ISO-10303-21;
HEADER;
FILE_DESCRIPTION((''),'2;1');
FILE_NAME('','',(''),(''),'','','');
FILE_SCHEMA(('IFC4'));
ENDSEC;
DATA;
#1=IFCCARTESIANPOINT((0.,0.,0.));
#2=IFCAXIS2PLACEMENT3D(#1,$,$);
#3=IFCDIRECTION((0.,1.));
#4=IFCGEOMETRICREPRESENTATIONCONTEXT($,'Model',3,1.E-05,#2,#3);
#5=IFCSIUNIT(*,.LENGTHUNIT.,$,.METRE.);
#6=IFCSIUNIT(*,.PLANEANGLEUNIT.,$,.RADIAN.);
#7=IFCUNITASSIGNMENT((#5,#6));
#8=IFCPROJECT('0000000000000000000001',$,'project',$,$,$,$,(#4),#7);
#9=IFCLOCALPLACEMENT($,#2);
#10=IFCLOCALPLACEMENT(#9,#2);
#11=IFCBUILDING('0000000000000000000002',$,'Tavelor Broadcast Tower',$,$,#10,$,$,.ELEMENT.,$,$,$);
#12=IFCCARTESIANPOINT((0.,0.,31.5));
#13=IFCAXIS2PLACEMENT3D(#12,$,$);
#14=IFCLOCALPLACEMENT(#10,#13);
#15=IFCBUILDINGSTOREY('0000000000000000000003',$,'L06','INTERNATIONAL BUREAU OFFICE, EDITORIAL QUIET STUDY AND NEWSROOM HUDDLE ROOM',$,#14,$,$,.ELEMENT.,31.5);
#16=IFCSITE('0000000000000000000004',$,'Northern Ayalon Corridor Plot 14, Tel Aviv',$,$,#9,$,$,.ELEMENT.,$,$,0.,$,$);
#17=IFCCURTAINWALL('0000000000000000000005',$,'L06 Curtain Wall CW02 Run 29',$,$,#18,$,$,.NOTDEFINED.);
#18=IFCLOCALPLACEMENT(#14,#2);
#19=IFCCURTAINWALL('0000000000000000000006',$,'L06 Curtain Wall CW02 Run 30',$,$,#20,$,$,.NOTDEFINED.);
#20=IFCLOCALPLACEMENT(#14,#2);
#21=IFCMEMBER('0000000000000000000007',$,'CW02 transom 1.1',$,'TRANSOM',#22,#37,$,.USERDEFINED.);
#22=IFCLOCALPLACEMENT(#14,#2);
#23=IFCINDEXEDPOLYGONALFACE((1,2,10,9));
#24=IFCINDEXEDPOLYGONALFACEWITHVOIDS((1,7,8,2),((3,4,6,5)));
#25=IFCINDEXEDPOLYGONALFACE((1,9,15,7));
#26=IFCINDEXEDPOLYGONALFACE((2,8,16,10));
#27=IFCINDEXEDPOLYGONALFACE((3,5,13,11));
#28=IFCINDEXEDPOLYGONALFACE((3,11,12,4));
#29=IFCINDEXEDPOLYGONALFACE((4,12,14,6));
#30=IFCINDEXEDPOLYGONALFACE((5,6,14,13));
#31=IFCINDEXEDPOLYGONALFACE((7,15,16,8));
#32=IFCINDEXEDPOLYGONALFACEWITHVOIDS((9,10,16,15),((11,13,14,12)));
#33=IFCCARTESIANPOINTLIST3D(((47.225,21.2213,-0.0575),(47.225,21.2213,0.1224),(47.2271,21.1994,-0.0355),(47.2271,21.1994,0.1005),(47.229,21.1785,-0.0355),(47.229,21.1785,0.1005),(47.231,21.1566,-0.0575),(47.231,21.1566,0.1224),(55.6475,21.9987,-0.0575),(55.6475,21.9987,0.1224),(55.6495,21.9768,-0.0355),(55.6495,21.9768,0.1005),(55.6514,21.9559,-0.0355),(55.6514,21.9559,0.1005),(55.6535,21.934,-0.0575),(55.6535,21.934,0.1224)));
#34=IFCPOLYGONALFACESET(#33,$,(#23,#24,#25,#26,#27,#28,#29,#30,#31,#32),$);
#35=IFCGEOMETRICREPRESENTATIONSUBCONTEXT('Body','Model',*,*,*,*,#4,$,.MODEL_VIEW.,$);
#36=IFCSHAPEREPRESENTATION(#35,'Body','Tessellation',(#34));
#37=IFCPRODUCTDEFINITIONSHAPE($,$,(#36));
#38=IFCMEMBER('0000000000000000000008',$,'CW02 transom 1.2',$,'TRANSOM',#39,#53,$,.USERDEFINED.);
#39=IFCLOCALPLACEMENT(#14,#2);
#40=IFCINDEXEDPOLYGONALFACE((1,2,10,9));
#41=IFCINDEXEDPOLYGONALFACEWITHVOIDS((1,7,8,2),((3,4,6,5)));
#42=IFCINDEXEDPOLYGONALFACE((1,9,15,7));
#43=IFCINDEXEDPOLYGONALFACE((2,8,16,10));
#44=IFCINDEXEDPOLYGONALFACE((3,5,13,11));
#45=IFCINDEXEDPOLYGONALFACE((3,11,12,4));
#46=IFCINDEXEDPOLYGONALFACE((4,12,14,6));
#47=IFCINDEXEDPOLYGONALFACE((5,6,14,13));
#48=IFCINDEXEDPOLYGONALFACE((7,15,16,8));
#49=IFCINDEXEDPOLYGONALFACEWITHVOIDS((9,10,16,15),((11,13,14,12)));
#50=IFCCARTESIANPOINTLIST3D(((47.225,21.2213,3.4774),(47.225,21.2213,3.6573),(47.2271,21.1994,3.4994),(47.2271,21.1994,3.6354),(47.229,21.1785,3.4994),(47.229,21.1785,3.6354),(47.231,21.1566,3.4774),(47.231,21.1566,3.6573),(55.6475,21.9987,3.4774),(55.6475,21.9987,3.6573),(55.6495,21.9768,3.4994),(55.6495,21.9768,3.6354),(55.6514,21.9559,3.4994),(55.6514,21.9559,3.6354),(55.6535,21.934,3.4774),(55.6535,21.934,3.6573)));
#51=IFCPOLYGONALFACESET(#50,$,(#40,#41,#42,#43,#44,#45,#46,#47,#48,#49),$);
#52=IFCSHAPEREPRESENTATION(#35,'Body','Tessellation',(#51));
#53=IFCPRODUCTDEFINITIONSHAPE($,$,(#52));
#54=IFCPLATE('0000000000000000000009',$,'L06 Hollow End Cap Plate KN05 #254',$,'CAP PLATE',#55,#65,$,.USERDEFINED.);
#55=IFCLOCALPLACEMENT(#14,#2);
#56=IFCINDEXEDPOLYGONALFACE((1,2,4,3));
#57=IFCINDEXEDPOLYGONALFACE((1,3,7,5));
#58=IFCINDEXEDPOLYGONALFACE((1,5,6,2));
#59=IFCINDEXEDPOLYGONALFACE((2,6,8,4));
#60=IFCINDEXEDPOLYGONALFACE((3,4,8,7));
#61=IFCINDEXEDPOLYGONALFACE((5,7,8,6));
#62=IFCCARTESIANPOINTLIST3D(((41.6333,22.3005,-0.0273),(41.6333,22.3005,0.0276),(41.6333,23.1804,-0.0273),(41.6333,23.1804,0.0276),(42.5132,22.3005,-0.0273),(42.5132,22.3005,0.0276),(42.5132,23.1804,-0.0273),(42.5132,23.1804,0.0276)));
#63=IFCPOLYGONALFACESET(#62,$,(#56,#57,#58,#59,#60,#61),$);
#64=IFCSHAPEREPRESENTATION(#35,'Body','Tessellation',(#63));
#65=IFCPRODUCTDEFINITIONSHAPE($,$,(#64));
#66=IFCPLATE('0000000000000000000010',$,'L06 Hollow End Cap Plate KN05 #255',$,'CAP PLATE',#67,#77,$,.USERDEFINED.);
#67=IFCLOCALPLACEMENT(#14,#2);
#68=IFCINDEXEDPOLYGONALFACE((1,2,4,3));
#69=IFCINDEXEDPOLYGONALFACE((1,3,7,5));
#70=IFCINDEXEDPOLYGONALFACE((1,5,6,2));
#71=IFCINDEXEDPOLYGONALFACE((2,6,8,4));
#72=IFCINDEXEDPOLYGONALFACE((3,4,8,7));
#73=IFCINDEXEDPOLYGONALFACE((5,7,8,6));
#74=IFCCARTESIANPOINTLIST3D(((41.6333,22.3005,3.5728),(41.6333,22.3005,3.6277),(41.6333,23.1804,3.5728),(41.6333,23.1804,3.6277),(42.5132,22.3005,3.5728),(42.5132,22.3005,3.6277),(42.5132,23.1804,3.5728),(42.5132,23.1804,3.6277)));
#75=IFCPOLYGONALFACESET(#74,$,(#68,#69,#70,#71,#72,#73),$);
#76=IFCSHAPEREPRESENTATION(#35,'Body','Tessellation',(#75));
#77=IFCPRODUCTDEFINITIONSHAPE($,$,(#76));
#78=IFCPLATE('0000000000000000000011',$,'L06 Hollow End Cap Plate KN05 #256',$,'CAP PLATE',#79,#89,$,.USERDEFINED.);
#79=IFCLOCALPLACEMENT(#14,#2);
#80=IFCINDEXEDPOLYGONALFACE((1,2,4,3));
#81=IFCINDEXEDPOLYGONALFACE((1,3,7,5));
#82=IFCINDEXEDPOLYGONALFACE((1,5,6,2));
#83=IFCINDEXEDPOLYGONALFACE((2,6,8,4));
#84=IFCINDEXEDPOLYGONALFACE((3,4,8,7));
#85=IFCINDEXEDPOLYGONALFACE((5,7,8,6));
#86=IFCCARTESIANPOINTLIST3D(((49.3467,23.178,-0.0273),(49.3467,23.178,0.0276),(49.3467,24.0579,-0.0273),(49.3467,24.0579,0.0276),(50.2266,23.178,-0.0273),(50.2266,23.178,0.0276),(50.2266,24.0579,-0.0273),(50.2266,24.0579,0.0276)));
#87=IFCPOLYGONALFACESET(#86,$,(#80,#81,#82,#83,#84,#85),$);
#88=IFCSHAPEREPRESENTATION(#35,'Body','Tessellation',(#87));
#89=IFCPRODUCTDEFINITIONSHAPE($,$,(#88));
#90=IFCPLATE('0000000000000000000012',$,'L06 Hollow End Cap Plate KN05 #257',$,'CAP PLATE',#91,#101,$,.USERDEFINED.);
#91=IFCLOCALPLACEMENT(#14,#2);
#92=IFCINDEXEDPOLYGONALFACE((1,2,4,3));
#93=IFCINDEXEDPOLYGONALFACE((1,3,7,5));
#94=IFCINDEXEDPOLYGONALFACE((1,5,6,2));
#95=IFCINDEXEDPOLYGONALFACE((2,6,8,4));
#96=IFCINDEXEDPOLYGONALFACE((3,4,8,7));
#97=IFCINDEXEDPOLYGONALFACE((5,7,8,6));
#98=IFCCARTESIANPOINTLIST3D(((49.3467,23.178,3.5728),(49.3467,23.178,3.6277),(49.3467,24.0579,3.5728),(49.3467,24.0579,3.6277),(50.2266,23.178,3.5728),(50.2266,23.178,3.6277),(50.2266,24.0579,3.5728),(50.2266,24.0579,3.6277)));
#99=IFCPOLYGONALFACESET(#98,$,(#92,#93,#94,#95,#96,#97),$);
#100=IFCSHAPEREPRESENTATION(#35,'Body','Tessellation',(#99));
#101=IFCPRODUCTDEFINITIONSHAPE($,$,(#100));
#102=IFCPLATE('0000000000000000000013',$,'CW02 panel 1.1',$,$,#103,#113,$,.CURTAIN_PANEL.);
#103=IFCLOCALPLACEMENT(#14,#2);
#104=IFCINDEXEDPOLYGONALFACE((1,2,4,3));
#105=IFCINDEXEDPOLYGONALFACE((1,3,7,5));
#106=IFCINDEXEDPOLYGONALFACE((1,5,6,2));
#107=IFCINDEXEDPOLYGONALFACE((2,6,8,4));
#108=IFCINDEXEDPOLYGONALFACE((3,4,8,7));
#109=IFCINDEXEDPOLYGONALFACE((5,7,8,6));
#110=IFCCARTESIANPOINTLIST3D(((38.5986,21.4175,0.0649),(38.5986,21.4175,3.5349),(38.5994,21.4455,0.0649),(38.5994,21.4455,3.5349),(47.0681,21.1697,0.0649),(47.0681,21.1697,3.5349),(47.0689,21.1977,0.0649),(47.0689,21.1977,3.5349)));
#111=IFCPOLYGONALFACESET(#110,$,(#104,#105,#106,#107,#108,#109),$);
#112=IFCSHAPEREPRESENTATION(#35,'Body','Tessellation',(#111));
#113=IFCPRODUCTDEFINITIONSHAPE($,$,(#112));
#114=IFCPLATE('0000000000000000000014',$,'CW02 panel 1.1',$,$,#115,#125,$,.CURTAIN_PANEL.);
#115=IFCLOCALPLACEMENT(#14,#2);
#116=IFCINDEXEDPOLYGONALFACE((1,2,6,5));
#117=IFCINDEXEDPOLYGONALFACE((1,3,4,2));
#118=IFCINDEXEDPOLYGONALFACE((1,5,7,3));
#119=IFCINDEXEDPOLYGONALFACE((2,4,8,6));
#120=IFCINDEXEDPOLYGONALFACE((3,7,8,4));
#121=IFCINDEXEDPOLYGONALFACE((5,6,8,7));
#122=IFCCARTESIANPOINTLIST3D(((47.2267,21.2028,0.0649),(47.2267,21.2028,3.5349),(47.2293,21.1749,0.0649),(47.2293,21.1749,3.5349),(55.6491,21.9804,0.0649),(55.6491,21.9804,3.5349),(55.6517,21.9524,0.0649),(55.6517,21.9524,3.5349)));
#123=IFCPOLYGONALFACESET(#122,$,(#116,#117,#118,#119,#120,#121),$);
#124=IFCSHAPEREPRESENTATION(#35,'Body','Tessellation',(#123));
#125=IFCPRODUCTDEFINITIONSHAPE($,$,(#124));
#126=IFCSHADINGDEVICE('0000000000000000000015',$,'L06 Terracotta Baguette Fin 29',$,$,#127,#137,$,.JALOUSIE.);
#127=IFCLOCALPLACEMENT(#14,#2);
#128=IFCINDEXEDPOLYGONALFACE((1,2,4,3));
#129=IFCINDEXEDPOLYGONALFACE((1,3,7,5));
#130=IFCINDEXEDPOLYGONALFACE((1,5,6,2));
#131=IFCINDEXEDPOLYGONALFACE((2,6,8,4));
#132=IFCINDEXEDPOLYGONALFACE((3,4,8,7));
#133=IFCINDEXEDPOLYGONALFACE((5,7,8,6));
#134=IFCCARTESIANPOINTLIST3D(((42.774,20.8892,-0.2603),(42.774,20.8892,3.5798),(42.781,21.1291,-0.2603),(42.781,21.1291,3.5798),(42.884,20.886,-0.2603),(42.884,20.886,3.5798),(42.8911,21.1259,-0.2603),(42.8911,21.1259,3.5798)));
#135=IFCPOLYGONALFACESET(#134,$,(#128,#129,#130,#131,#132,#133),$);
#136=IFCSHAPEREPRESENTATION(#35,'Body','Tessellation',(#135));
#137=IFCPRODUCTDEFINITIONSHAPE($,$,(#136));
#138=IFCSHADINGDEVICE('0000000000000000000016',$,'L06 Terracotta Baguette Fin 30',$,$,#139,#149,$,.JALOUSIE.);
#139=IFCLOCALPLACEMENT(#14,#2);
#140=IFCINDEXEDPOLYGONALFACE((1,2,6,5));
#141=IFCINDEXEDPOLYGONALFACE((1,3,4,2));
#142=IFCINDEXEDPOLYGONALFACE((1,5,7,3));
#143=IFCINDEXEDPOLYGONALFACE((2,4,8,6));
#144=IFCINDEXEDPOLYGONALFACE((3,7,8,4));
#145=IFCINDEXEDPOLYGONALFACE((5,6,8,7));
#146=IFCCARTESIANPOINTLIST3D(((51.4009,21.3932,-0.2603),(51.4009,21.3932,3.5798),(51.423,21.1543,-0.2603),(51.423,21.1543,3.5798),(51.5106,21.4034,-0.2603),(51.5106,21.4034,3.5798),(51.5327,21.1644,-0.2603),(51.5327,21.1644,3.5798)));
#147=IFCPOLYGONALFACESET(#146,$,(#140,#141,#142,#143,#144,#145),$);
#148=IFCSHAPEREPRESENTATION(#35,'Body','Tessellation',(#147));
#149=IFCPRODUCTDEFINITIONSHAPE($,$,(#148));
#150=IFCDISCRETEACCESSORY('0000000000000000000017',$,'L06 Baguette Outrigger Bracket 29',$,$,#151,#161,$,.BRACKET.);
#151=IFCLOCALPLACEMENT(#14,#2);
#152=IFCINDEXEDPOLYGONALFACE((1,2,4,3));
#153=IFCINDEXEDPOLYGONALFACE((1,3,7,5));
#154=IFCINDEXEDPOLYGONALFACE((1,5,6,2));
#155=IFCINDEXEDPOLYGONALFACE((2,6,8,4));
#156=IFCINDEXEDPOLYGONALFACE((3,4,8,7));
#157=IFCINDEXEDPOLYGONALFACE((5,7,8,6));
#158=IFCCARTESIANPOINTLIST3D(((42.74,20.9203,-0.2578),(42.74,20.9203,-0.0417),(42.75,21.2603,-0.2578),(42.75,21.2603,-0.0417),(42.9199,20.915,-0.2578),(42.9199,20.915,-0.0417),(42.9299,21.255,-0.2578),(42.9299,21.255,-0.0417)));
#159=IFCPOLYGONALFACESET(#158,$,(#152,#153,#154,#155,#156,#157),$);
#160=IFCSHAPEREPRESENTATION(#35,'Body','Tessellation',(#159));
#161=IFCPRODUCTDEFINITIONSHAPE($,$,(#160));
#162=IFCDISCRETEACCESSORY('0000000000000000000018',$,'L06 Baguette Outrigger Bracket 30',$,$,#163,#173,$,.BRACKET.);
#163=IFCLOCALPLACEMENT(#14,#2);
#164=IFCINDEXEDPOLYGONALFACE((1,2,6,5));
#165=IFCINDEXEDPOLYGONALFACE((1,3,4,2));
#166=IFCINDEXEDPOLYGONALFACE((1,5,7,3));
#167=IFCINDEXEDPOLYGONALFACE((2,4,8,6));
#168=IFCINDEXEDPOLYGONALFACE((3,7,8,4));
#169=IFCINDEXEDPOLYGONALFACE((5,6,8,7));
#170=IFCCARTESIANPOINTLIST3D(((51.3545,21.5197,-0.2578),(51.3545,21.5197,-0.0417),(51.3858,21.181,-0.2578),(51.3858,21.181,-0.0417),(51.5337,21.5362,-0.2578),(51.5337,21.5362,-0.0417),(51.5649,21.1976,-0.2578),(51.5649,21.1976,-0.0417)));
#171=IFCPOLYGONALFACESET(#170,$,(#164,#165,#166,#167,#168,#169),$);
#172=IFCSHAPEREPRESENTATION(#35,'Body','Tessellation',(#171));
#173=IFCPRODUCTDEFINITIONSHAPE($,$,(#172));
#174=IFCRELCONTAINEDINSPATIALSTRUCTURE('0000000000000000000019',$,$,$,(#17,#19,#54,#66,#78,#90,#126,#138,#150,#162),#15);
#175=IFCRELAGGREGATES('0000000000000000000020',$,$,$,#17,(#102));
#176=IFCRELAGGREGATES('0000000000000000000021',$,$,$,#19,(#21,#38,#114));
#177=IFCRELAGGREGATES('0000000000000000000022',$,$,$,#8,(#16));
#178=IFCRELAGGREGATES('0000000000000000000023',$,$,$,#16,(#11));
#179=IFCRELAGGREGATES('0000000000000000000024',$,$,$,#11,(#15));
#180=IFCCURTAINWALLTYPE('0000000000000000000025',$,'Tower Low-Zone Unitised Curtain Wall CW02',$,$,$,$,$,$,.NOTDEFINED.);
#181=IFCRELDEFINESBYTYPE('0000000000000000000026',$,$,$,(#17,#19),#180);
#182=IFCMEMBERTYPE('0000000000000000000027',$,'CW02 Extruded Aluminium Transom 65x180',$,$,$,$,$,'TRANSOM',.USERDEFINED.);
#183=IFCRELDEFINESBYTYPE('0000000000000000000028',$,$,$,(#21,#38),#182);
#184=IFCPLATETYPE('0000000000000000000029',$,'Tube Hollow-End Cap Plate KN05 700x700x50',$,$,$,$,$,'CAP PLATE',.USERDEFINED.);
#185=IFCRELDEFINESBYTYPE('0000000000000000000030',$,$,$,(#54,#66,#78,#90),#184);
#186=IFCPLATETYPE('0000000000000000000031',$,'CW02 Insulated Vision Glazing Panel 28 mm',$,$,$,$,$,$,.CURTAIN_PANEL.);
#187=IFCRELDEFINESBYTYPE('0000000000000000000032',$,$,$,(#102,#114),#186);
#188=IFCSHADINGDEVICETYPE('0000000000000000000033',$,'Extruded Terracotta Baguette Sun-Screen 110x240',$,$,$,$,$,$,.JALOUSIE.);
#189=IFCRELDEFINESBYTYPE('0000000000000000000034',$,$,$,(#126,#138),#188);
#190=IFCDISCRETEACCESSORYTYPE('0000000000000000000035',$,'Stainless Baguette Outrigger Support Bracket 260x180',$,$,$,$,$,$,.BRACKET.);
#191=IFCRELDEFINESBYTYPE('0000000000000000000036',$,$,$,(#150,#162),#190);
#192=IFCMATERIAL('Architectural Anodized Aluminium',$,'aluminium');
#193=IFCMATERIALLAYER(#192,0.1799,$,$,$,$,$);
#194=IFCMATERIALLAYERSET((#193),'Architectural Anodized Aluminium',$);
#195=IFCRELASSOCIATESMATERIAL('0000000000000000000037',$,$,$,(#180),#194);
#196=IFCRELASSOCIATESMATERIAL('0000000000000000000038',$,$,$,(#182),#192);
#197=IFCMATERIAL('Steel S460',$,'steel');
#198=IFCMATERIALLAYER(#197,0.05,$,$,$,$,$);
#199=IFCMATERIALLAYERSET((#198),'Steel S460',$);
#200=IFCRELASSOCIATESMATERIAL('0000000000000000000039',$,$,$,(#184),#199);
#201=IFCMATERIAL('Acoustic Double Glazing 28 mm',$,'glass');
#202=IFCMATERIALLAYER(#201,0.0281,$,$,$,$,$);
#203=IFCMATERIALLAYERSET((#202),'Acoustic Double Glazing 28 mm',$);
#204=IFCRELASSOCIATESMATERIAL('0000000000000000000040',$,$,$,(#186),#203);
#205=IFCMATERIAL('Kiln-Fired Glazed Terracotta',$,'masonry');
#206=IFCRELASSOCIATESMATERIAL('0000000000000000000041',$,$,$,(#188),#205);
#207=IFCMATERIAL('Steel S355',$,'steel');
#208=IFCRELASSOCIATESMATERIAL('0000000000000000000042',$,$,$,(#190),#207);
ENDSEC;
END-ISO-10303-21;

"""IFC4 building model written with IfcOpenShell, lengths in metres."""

from ifc_helpers import new_model, si_unit, direction, frame, origin, origin_2d, place, context, subcontext, project, spatial, rectangle, hollow_rectangle, extrude, source, transform, mapped, material, layer, layer_set, material_profile, profile_set, type_object, type_shapes, element, aggregate, save


model = new_model("IFC4")

# Units and contexts
model_context = context("Model", 3, precision=1e-05, world=origin(), true_north=direction((0.0, 1.0)))
body_context = subcontext(model_context, "Body", "Model", "MODEL_VIEW")
ifc_project = project(units=[si_unit("LENGTHUNIT", "METRE"), si_unit("PLANEANGLEUNIT", "RADIAN")], contexts=[model_context])

# Site, building, storey
site_placement = place(None, origin())
site = spatial("IfcSite", under=ifc_project, at=site_placement, Name="Northern Ayalon Corridor Plot 14, Tel Aviv", CompositionType="ELEMENT", RefElevation=0.0)
building_placement = place(site_placement, origin())
building = spatial("IfcBuilding", under=site, at=building_placement, Name="Tavelor Broadcast Tower", CompositionType="ELEMENT")
storey_placement = place(building_placement, frame((0.0, 0.0, 31.5)))
storey = spatial("IfcBuildingStorey", under=building, at=storey_placement, Name="L06", Description="INTERNATIONAL BUREAU OFFICE, EDITORIAL QUIET STUDY AND NEWSROOM HUDDLE ROOM", CompositionType="ELEMENT", Elevation=31.5)

# Shared definitions
ifc_material_1 = material(Name="Steel S460", Category="steel")

# Shared definitions
ifc_material_2 = material(Name="Steel S355", Category="steel")

# Curtain walls
ifc_material_3 = material(Name="Architectural Anodized Aluminium", Category="aluminium")
ifc_layer_1 = layer(ifc_material_3, 0.1799)
ifc_layer_set_1 = layer_set([ifc_layer_1], Name="Architectural Anodized Aluminium")
curtain_wall_type = type_object("IfcCurtainWallType", Name="Tower Low-Zone Unitised Curtain Wall CW02", PredefinedType="NOTDEFINED", material=ifc_layer_set_1)
curtain_wall_1_placement = place(storey_placement, origin())
curtain_wall_1 = element("IfcCurtainWall", 1, at=curtain_wall_1_placement, inside=storey, type_object=curtain_wall_type, Name="L06 Curtain Wall CW02 Run 29", PredefinedType="NOTDEFINED")
curtain_wall_2_placement = place(storey_placement, origin())
curtain_wall_2 = element("IfcCurtainWall", 2, at=curtain_wall_2_placement, inside=storey, type_object=curtain_wall_type, Name="L06 Curtain Wall CW02 Run 30", PredefinedType="NOTDEFINED")

# Members
ifc_material_profile_1 = material_profile(ifc_material_3, hollow_rectangle(XDim=0.0649, YDim=0.1799, WallThickness=0.022, at=origin_2d()), Name="RHS 65x180x22")
ifc_profile_set_1 = profile_set([ifc_material_profile_1], Name="Architectural Anodized Aluminium")
member_type_1 = type_object("IfcMemberType", Name="CW02 Extruded Aluminium Transom 65x180", ElementType="TRANSOM", PredefinedType="USERDEFINED", material=ifc_profile_set_1)
shared_shape_1 = source(origin(), body_context, "Body", "SweptSolid", [
    extrude(hollow_rectangle(XDim=0.0649, YDim=0.1799, WallThickness=0.022, at=origin_2d()), origin(), (0.0, 0.0, 1.0), 8.4583),
])
member_1_placement = place(storey_placement, frame((47.228, 21.189, 0.0325), z_axis=(0.995768, 0.091905, 0.0), x_axis=(-0.091905, 0.995768, 0.0)))
member_1 = element("IfcMember", 3, at=member_1_placement, type_object=member_type_1, Name="CW02 transom 1.1", ObjectType="TRANSOM", PredefinedType="USERDEFINED", context=body_context, shape_type="MappedRepresentation", body=[
    mapped(shared_shape_1, transform((0.0, 0.0, 0.0), scale=1.0)),
])
member_2_placement = place(storey_placement, frame((47.228, 21.189, 3.5674), z_axis=(0.995768, 0.091905, 0.0), x_axis=(-0.091905, 0.995768, 0.0)))
member_2 = element("IfcMember", 4, at=member_2_placement, type_object=member_type_1, Name="CW02 transom 1.2", ObjectType="TRANSOM", PredefinedType="USERDEFINED", context=body_context, shape_type="MappedRepresentation", body=[
    mapped(shared_shape_1, transform((0.0, 0.0, 0.0), scale=1.0)),
])

# Plates
ifc_layer_2 = layer(ifc_material_1, 0.05)
ifc_layer_set_2 = layer_set([ifc_layer_2], Name="Steel S460")
plate_type_1 = type_object("IfcPlateType", Name="Tube Hollow-End Cap Plate KN05 700x700x50", ElementType="CAP PLATE", PredefinedType="USERDEFINED", material=ifc_layer_set_2)
shared_shape_2 = source(origin(), body_context, "Body", "SweptSolid", [
    extrude(rectangle(XDim=0.8799, YDim=0.8799, at=origin_2d()), origin(), (0.0, 0.0, 1.0), 0.0549),
])
type_shapes(plate_type_1, [shared_shape_2])
for number, where, z_axis, x_axis, name in (
    (5, (42.0732, 22.7405, -0.0273), (0.0, 0.0, 1.0), (1.0, 0.0, 0.0), "L06 Hollow End Cap Plate KN05 #254"),
    (6, (42.0732, 22.7405, 3.5728), (0.0, 0.0, 1.0), (1.0, 0.0, 0.0), "L06 Hollow End Cap Plate KN05 #255"),
    (7, (49.7866, 23.6179, -0.0273), (0.0, 0.0, 1.0), (1.0, 0.0, 0.0), "L06 Hollow End Cap Plate KN05 #256"),
    (8, (49.7866, 23.6179, 3.5728), (0.0, 0.0, 1.0), (1.0, 0.0, 0.0), "L06 Hollow End Cap Plate KN05 #257"),
):
    element("IfcPlate", number, at=place(storey_placement, frame(where, z_axis=z_axis, x_axis=x_axis)), inside=storey, type_object=plate_type_1, Name=name, ObjectType="CAP PLATE", PredefinedType="USERDEFINED", context=body_context, shape_type="MappedRepresentation", body=[
        mapped(shared_shape_2, transform((0.0, 0.0, 0.0), scale=1.0)),
    ])

# Plates
ifc_material_4 = material(Name="Acoustic Double Glazing 28 mm", Category="glass")
ifc_layer_3 = layer(ifc_material_4, 0.0281)
ifc_layer_set_3 = layer_set([ifc_layer_3], Name="Acoustic Double Glazing 28 mm")
plate_type_2 = type_object("IfcPlateType", Name="CW02 Insulated Vision Glazing Panel 28 mm", PredefinedType="CURTAIN_PANEL", material=ifc_layer_set_3)
shared_shape_3 = source(origin(), body_context, "Body", "SweptSolid", [
    extrude(rectangle(XDim=8.4731, YDim=0.0281, at=origin_2d()), origin(), (0.0, 0.0, 1.0), 3.47),
])
plate_1_placement = place(storey_placement, frame((42.8337, 21.3076, 0.0649), z_axis=(0.0, 0.0, 1.0), x_axis=(0.999572, -0.029245, 0.0)))
plate_1 = element("IfcPlate", 9, at=plate_1_placement, type_object=plate_type_2, Name="CW02 panel 1.1", PredefinedType="CURTAIN_PANEL", context=body_context, shape_type="MappedRepresentation", body=[
    mapped(shared_shape_3, transform((0.0, 0.0, 0.0), scale=1.0)),
])
aggregate(curtain_wall_1, [plate_1])
shared_shape_4 = source(origin(), body_context, "Body", "SweptSolid", [
    extrude(rectangle(XDim=8.4583, YDim=0.0281, at=origin_2d()), origin(), (0.0, 0.0, 1.0), 3.47),
])
type_shapes(plate_type_2, [shared_shape_3, shared_shape_4])
plate_2_placement = place(storey_placement, frame((51.4392, 21.5776, 0.0649), z_axis=(0.0, 0.0, 1.0), x_axis=(0.995766, 0.091929, 0.0)))
plate_2 = element("IfcPlate", 10, at=plate_2_placement, type_object=plate_type_2, Name="CW02 panel 1.1", PredefinedType="CURTAIN_PANEL", context=body_context, shape_type="MappedRepresentation", body=[
    mapped(shared_shape_4, transform((0.0, 0.0, 0.0), scale=1.0)),
])
aggregate(curtain_wall_2, [member_1, member_2, plate_2])

# Shading devices
ifc_material_5 = material(Name="Kiln-Fired Glazed Terracotta", Category="masonry")
shading_device_type = type_object("IfcShadingDeviceType", Name="Extruded Terracotta Baguette Sun-Screen 110x240", PredefinedType="JALOUSIE", material=ifc_material_5)
shared_shape_5 = source(origin(), body_context, "Body", "SweptSolid", [
    extrude(rectangle(XDim=0.1101, YDim=0.24, at=origin_2d()), origin(), (0.0, 0.0, 1.0), 3.8401),
])
type_shapes(shading_device_type, [shared_shape_5])
for number, where, z_axis, x_axis, name in (
    (11, (42.8325, 21.0076, -0.2603), (0.0, 0.0, 1.0), (0.99957, -0.029317, 0.0), "L06 Terracotta Baguette Fin 29"),
    (12, (51.4668, 21.2788, -0.2603), (0.0, 0.0, 1.0), (0.995757, 0.092023, 0.0), "L06 Terracotta Baguette Fin 30"),
):
    element("IfcShadingDevice", number, at=place(storey_placement, frame(where, z_axis=z_axis, x_axis=x_axis)), inside=storey, type_object=shading_device_type, Name=name, PredefinedType="JALOUSIE", context=body_context, shape_type="MappedRepresentation", body=[
        mapped(shared_shape_5, transform((0.0, 0.0, 0.0), scale=1.0)),
    ])

# Discrete accessories
discrete_accessory_type = type_object("IfcDiscreteAccessoryType", Name="Stainless Baguette Outrigger Support Bracket 260x180", PredefinedType="BRACKET", material=ifc_material_2)
shared_shape_6 = source(origin(), body_context, "Body", "SweptSolid", [
    extrude(rectangle(XDim=0.1799, YDim=0.3401, at=origin_2d()), origin(), (0.0, 0.0, 1.0), 0.2161),
])
type_shapes(discrete_accessory_type, [shared_shape_6])
for number, where, z_axis, x_axis, name in (
    (13, (42.835, 21.0876, -0.2578), (0.0, 0.0, 1.0), (0.99957, -0.029317, 0.0), "L06 Baguette Outrigger Bracket 29"),
    (14, (51.4597, 21.3586, -0.2578), (0.0, 0.0, 1.0), (0.995757, 0.092023, 0.0), "L06 Baguette Outrigger Bracket 30"),
):
    element("IfcDiscreteAccessory", number, at=place(storey_placement, frame(where, z_axis=z_axis, x_axis=x_axis)), inside=storey, type_object=discrete_accessory_type, Name=name, PredefinedType="BRACKET", context=body_context, shape_type="MappedRepresentation", body=[
        mapped(shared_shape_6, transform((0.0, 0.0, 0.0), scale=1.0)),
    ])

save(model, "model.ifc")
